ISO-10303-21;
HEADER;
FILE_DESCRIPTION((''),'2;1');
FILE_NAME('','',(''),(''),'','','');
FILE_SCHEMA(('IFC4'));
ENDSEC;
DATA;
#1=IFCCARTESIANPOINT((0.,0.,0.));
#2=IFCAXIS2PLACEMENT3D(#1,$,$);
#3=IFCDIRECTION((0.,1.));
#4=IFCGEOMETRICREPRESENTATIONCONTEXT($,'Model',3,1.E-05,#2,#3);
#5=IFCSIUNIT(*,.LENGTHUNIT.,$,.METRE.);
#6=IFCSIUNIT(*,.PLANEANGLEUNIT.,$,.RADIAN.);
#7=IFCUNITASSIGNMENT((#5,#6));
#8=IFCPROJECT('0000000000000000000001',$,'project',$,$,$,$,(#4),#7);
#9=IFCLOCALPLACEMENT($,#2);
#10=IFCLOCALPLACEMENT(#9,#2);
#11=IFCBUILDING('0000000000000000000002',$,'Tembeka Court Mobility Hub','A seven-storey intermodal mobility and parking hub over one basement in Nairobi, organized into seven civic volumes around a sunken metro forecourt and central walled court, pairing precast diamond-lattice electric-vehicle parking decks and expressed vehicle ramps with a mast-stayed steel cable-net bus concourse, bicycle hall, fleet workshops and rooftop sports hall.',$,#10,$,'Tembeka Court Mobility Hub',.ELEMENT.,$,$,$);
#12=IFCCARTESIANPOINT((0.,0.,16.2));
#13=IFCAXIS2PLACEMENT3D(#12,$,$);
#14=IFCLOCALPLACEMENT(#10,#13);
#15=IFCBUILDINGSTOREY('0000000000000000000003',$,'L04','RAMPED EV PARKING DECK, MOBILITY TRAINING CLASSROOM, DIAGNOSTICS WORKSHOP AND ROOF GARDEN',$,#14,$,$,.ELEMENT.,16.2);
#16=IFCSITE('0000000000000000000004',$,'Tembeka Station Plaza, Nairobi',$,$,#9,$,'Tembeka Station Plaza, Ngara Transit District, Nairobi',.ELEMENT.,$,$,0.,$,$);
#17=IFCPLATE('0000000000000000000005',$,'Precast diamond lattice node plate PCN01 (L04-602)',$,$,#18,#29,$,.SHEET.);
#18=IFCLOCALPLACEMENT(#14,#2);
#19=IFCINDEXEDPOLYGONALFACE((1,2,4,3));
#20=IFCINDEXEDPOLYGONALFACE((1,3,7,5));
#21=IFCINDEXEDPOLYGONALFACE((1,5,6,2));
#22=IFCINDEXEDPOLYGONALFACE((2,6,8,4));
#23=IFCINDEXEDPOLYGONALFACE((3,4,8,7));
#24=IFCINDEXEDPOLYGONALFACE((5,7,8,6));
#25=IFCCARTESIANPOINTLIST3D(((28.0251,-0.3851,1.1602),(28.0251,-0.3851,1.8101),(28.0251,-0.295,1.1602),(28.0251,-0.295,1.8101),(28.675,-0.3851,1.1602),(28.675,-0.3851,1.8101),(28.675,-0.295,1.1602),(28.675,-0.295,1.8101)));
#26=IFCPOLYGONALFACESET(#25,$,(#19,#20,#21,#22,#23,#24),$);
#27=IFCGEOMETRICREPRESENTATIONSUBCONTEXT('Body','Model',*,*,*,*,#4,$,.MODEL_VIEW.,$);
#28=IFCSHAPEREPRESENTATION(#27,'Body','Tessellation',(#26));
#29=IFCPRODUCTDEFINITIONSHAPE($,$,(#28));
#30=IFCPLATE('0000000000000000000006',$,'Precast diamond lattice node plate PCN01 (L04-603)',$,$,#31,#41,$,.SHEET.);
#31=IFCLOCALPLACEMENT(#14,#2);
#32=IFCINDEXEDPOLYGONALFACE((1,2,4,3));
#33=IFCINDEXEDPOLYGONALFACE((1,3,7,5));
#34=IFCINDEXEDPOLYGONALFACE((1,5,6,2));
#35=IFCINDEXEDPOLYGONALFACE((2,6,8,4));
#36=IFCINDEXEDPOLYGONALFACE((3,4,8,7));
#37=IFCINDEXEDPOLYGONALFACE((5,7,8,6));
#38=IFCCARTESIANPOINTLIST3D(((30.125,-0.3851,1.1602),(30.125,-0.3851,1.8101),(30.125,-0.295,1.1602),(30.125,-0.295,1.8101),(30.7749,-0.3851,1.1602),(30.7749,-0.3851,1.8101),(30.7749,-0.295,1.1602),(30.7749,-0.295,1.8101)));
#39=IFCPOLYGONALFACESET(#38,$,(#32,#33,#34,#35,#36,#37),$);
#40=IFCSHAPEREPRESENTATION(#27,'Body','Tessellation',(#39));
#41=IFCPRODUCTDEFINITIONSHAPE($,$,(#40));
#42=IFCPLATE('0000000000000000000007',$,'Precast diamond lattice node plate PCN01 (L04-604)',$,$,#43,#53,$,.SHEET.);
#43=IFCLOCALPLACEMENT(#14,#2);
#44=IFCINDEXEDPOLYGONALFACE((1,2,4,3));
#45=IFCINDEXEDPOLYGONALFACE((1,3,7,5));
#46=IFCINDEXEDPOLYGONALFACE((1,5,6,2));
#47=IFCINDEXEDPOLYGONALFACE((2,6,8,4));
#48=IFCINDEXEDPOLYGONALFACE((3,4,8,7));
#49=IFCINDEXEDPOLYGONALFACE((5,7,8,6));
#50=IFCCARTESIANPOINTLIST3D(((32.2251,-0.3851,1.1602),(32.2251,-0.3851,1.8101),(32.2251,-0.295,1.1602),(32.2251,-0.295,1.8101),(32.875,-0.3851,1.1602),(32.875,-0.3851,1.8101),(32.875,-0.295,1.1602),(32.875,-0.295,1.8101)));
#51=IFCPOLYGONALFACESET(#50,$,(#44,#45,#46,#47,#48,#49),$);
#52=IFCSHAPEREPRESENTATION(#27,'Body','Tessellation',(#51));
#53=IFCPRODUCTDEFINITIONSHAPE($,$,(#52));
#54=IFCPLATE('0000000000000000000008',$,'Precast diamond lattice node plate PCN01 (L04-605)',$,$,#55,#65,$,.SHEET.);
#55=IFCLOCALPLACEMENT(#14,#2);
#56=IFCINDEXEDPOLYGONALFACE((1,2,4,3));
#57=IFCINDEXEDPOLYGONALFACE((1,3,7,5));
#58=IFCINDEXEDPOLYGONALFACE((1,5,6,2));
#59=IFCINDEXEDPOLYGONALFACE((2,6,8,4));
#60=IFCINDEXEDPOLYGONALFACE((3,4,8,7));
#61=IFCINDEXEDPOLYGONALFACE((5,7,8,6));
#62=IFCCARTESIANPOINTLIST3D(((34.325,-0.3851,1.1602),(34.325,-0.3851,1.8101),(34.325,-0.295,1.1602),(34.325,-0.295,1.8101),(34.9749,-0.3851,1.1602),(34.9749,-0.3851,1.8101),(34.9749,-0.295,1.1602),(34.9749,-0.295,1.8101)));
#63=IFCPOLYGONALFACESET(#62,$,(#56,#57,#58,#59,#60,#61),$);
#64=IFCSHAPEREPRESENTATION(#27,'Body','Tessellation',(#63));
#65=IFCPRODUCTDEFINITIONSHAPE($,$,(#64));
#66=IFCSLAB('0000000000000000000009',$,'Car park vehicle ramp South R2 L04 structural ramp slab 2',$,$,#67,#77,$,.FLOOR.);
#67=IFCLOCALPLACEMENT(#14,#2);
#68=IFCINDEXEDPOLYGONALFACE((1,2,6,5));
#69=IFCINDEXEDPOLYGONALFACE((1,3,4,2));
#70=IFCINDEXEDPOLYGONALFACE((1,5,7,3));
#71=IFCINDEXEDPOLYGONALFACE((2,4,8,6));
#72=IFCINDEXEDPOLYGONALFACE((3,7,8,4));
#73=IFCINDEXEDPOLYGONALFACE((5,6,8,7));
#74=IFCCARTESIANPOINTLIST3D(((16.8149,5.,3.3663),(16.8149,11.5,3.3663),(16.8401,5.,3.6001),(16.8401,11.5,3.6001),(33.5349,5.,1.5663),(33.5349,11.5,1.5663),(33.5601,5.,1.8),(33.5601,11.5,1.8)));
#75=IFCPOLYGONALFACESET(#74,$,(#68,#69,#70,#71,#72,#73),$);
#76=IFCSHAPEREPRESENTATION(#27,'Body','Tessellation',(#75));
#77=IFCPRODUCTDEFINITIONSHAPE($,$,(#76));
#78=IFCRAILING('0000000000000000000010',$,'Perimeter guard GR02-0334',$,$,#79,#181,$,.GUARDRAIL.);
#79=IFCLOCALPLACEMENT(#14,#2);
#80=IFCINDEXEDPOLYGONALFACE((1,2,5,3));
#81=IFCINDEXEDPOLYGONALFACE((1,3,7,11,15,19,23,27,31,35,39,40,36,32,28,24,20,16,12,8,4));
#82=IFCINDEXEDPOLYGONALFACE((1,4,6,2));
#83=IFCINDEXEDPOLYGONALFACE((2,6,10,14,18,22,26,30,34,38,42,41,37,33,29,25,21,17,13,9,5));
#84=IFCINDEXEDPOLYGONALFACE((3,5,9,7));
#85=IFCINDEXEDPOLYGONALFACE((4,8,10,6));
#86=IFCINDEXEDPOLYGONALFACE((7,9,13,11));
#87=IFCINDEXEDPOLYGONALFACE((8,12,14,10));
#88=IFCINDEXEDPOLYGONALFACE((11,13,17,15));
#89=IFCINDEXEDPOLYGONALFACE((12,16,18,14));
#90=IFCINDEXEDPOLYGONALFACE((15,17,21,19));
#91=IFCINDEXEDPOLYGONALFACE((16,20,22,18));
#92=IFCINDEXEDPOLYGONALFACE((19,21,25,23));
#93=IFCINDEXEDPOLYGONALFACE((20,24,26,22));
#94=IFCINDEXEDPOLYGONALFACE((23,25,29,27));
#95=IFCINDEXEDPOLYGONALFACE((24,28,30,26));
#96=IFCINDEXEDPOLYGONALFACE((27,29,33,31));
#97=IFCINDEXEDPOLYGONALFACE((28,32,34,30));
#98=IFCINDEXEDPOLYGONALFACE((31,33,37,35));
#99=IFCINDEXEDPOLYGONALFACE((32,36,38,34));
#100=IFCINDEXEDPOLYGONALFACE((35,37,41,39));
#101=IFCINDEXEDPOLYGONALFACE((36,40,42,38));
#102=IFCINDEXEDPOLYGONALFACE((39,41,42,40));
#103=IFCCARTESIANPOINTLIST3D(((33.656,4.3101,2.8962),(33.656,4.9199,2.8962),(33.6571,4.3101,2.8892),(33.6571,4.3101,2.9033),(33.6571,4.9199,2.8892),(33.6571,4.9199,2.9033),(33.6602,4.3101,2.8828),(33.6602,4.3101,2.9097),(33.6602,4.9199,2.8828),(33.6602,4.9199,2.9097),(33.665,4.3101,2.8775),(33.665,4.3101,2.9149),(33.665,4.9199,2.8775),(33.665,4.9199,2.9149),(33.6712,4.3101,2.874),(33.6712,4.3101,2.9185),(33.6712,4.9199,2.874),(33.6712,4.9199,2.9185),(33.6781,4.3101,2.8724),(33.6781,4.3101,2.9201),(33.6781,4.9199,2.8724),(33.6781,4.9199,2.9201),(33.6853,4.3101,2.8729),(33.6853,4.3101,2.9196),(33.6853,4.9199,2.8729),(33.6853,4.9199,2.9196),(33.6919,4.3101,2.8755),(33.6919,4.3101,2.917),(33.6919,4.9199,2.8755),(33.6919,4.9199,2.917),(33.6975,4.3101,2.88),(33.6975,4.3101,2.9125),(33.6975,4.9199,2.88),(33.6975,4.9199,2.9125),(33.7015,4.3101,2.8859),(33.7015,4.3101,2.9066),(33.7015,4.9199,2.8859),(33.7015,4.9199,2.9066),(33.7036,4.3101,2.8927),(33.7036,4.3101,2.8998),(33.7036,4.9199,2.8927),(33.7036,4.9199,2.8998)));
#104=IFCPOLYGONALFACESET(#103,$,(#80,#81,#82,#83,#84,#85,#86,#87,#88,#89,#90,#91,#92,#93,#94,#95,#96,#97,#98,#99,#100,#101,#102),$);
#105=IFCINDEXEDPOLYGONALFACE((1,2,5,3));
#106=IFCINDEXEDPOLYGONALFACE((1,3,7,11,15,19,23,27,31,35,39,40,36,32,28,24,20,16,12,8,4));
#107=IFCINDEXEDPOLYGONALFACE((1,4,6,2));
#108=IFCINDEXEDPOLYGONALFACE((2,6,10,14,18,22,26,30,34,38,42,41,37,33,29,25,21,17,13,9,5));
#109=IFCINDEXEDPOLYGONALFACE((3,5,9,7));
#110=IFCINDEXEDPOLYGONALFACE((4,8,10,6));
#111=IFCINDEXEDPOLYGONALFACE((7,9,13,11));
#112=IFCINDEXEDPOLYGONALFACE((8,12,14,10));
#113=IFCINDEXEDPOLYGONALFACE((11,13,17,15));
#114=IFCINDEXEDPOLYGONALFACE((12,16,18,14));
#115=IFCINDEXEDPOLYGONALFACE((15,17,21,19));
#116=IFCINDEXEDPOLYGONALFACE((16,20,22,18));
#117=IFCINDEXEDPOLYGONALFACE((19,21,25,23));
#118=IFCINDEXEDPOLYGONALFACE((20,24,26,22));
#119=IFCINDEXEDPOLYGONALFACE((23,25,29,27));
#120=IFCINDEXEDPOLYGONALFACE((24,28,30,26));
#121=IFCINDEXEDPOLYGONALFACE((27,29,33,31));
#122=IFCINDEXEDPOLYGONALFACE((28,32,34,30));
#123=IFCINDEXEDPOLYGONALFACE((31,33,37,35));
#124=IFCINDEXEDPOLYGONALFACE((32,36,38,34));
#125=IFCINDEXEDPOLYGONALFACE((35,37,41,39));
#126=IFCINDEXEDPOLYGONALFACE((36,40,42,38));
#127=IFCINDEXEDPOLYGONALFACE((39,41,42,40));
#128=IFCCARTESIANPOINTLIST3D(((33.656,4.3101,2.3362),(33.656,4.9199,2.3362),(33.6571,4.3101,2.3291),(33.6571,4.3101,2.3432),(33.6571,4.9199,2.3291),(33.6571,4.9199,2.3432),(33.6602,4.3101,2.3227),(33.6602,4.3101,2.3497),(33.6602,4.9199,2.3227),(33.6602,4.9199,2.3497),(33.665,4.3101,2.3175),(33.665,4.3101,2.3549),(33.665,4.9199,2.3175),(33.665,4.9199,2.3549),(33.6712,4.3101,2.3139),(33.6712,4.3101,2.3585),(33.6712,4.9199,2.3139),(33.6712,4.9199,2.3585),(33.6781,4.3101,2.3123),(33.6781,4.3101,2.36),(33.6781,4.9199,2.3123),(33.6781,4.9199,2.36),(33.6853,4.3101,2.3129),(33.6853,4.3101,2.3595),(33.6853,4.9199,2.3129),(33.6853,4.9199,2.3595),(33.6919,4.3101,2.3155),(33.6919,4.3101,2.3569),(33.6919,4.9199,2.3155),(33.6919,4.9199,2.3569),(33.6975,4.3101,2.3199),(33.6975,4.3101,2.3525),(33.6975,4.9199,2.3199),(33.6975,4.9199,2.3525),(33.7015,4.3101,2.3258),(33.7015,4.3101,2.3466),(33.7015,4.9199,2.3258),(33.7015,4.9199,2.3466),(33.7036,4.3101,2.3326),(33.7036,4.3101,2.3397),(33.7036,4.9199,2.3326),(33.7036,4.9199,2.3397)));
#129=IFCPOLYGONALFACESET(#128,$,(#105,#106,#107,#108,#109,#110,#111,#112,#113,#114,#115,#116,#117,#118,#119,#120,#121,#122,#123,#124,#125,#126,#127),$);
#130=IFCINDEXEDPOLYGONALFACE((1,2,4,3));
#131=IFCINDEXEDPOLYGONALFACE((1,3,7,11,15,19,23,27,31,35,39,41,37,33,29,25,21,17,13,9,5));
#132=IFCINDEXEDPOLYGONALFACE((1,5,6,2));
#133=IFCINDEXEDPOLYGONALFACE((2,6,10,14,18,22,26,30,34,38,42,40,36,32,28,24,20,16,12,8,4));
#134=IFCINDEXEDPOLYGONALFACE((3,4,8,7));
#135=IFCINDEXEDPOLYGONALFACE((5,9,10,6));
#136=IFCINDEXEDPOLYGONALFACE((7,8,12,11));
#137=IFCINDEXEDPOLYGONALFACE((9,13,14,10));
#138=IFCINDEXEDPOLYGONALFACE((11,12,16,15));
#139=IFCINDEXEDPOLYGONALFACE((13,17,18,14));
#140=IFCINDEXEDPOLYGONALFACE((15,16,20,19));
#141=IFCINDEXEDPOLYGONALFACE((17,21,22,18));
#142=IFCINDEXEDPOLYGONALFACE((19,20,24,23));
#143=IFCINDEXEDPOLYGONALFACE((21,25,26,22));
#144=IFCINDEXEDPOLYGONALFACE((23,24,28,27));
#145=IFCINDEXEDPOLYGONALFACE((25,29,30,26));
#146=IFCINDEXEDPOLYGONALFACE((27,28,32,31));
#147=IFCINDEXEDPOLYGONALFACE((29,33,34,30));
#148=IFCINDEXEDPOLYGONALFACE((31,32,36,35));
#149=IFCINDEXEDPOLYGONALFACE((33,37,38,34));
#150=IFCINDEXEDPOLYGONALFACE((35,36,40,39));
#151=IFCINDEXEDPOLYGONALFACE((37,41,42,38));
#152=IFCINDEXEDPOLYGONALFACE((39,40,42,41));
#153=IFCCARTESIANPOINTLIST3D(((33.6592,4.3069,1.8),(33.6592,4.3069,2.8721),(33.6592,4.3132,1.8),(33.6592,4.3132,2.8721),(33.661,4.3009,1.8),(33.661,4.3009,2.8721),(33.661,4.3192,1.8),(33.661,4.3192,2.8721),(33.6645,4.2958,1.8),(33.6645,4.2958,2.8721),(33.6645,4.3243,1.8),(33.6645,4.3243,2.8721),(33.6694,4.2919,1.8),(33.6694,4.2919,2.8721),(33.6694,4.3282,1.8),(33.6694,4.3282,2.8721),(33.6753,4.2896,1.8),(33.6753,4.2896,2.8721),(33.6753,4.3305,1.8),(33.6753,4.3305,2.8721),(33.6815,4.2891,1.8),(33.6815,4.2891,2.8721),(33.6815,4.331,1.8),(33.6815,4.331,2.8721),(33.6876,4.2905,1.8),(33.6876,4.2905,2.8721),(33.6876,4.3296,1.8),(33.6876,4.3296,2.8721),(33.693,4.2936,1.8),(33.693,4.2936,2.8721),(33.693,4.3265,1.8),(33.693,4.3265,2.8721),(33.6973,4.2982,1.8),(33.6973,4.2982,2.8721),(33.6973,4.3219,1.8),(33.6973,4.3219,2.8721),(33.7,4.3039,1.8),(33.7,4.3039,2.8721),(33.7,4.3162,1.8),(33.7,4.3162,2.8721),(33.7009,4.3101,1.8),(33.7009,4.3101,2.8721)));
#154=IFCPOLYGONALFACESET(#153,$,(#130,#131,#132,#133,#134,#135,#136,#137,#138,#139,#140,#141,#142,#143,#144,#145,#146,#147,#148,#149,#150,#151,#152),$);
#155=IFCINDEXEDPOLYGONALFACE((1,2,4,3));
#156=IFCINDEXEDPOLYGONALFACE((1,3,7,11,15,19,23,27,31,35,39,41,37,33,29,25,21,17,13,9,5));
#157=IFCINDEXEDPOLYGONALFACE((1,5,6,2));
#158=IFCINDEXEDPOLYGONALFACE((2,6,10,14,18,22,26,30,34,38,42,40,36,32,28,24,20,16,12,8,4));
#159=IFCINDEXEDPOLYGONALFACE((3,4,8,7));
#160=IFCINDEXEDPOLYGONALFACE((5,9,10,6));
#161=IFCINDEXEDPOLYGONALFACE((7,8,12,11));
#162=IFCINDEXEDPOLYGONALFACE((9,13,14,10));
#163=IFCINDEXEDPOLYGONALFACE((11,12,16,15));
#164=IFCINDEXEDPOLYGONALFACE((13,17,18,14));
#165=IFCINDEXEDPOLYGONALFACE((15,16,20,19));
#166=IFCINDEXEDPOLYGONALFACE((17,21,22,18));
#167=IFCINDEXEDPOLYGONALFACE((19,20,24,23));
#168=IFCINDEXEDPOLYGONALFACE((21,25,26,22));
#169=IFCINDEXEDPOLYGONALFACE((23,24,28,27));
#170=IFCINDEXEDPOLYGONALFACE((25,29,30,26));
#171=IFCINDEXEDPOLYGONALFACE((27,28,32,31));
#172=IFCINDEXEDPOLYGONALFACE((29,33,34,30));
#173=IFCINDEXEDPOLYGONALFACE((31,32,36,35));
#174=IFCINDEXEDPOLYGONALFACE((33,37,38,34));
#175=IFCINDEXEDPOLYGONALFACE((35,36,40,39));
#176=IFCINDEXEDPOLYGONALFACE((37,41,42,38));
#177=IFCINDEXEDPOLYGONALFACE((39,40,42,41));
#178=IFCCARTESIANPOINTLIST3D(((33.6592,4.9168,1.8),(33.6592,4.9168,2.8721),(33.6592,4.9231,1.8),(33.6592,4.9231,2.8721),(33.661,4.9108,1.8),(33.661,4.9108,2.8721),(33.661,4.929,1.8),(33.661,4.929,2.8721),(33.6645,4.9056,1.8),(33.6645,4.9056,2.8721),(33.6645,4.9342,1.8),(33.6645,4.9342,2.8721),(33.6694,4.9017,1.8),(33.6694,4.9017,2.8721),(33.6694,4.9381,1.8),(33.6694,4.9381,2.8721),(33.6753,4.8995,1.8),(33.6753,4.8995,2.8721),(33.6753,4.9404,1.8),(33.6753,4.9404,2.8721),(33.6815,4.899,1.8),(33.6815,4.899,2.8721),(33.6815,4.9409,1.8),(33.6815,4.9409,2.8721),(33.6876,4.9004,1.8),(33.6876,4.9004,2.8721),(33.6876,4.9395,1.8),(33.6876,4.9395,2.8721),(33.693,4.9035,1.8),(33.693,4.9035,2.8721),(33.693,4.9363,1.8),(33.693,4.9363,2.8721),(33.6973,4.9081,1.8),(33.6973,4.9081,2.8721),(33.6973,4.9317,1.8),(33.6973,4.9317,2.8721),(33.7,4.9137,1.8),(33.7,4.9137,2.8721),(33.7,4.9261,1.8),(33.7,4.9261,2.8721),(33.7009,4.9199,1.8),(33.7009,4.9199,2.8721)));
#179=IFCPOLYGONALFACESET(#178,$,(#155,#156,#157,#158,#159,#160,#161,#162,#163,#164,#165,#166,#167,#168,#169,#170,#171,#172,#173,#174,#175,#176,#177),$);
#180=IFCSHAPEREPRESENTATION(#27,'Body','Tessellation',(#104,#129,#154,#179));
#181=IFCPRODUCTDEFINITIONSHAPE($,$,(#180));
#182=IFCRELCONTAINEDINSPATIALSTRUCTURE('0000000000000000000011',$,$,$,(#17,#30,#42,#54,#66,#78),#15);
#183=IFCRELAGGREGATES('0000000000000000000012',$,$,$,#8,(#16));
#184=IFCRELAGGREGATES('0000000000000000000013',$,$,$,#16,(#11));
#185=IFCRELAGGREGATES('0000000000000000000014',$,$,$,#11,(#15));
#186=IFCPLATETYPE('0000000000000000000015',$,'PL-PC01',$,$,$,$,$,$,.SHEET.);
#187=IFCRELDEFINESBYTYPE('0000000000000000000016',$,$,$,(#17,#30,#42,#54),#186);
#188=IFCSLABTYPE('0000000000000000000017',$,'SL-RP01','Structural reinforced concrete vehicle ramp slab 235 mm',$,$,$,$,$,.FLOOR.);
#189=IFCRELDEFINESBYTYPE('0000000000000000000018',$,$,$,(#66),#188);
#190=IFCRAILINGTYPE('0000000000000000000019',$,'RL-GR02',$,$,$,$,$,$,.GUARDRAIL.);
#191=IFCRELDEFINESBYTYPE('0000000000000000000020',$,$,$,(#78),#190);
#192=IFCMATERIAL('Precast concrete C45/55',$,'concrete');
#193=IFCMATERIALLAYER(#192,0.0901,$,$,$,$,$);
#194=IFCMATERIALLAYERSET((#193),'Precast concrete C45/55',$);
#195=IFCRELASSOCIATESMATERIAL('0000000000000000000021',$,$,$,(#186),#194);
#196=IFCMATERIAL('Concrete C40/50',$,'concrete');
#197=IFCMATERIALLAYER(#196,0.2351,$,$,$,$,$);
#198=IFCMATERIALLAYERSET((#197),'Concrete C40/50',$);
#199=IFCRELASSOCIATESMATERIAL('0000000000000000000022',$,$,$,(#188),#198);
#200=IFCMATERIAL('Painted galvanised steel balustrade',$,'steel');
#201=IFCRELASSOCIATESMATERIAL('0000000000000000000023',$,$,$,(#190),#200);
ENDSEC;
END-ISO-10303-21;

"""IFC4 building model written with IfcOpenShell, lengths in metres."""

from ifc_helpers import new_model, si_unit, direction, frame, origin, origin_2d, place, context, subcontext, project, spatial, polyline, rectangle, circle, outline, extrude, material, layer, layer_set, type_object, element, save


model = new_model("IFC4")

# Units and contexts
model_context = context("Model", 3, precision=1e-05, world=origin(), true_north=direction((0.0, 1.0)))
body_context = subcontext(model_context, "Body", "Model", "MODEL_VIEW")
ifc_project = project(units=[si_unit("LENGTHUNIT", "METRE"), si_unit("PLANEANGLEUNIT", "RADIAN")], contexts=[model_context])

# Site, building, storey
site_placement = place(None, origin())
site = spatial("IfcSite", under=ifc_project, at=site_placement, Name="Tembeka Station Plaza, Nairobi", LongName="Tembeka Station Plaza, Ngara Transit District, Nairobi", CompositionType="ELEMENT", RefElevation=0.0)
building_placement = place(site_placement, origin())
building = spatial("IfcBuilding", under=site, at=building_placement, Name="Tembeka Court Mobility Hub", Description="A seven-storey intermodal mobility and parking hub over one basement in Nairobi, organized into seven civic volumes around a sunken metro forecourt and central walled court, pairing precast diamond-lattice electric-vehicle parking decks and expressed vehicle ramps with a mast-stayed steel cable-net bus concourse, bicycle hall, fleet workshops and rooftop sports hall.", LongName="Tembeka Court Mobility Hub", CompositionType="ELEMENT")
storey_placement = place(building_placement, frame((0.0, 0.0, 16.2)))
storey = spatial("IfcBuildingStorey", under=building, at=storey_placement, Name="L04", Description="RAMPED EV PARKING DECK, MOBILITY TRAINING CLASSROOM, DIAGNOSTICS WORKSHOP AND ROOF GARDEN", CompositionType="ELEMENT", Elevation=16.2)

# Shared definitions
ifc_material_1 = material(Name="Concrete C40/50", Category="concrete")
ifc_material_2 = material(Name="Precast concrete C45/55", Category="concrete")

# Plates
ifc_layer_1 = layer(ifc_material_2, 0.0901)
ifc_layer_set_1 = layer_set([ifc_layer_1], Name="Precast concrete C45/55")
plate_type = type_object("IfcPlateType", Name="PL-PC01", PredefinedType="SHEET", material=ifc_layer_set_1)
for number, where, z_axis, x_axis, name in (
    (1, (28.3501, -0.3401, 1.1602), (0.0, 0.0, 1.0), (1.0, 0.0, 0.0), "Precast diamond lattice node plate PCN01 (L04-602)"),
    (2, (30.45, -0.3401, 1.1602), (0.0, 0.0, 1.0), (1.0, 0.0, 0.0), "Precast diamond lattice node plate PCN01 (L04-603)"),
    (3, (32.55, -0.3401, 1.1602), (0.0, 0.0, 1.0), (1.0, 0.0, 0.0), "Precast diamond lattice node plate PCN01 (L04-604)"),
    (4, (34.6499, -0.3401, 1.1602), (0.0, 0.0, 1.0), (1.0, 0.0, 0.0), "Precast diamond lattice node plate PCN01 (L04-605)"),
):
    element("IfcPlate", number, at=place(storey_placement, frame(where, z_axis=z_axis, x_axis=x_axis)), inside=storey, type_object=plate_type, Name=name, PredefinedType="SHEET", context=body_context, shape_type="SweptSolid", body=[
        extrude(rectangle(XDim=0.6499, YDim=0.0901, at=origin_2d()), origin(), (0.0, 0.0, 1.0), 0.6499),
    ])

# Slab
ifc_layer_2 = layer(ifc_material_1, 0.2351)
ifc_layer_set_2 = layer_set([ifc_layer_2], Name="Concrete C40/50")
slab_type = type_object("IfcSlabType", Name="SL-RP01", Description="Structural reinforced concrete vehicle ramp slab 235 mm", PredefinedType="FLOOR", material=ifc_layer_set_2)
slab_placement = place(storey_placement, frame((33.5601, 5.0, 1.8), z_axis=(0.10704, 0.0, 0.994255), x_axis=(-0.994255, 0.0, 0.10704)))
element("IfcSlab", 5, at=slab_placement, inside=storey, type_object=slab_type, Name="Car park vehicle ramp South R2 L04 structural ramp slab 2", PredefinedType="FLOOR", context=body_context, shape_type="SweptSolid", body=[
    extrude(outline(polyline([(0.0, 0.0), (16.8166, 0.0), (16.8166, -6.5), (0.0, -6.5), (0.0, 0.0)])), origin(), (0.0, 0.0, -1.0), 0.2351),
])

# Railing
ifc_material_3 = material(Name="Painted galvanised steel balustrade", Category="steel")
railing_type = type_object("IfcRailingType", Name="RL-GR02", PredefinedType="GUARDRAIL", material=ifc_material_3)
railing_1_placement = place(storey_placement, frame((33.6799, 4.3101, 1.8)))
element("IfcRailing", 6, at=railing_1_placement, inside=storey, type_object=railing_type, Name="Perimeter guard GR02-0334", PredefinedType="GUARDRAIL", context=body_context, shape_type="SweptSolid", body=[
    extrude(circle(Radius=0.0239, at=origin_2d()), frame((0.0, 0.0, 1.0962), z_axis=(0.0, 1.0, 0.0), x_axis=(-1.0, 0.0, 0.0)), (0.0, 0.0, 1.0), 0.6099),
    extrude(circle(Radius=0.0239, at=origin_2d()), frame((0.0, 0.0, 0.5361), z_axis=(0.0, 1.0, 0.0), x_axis=(-1.0, 0.0, 0.0)), (0.0, 0.0, 1.0), 0.6099),
    extrude(circle(Radius=0.021, at=origin_2d()), origin(), (0.0, 0.0, 1.0), 1.072),
    extrude(circle(Radius=0.021, at=origin_2d()), frame((0.0, 0.6099, 0.0)), (0.0, 0.0, 1.0), 1.072),
])

save(model, "model.ifc")
